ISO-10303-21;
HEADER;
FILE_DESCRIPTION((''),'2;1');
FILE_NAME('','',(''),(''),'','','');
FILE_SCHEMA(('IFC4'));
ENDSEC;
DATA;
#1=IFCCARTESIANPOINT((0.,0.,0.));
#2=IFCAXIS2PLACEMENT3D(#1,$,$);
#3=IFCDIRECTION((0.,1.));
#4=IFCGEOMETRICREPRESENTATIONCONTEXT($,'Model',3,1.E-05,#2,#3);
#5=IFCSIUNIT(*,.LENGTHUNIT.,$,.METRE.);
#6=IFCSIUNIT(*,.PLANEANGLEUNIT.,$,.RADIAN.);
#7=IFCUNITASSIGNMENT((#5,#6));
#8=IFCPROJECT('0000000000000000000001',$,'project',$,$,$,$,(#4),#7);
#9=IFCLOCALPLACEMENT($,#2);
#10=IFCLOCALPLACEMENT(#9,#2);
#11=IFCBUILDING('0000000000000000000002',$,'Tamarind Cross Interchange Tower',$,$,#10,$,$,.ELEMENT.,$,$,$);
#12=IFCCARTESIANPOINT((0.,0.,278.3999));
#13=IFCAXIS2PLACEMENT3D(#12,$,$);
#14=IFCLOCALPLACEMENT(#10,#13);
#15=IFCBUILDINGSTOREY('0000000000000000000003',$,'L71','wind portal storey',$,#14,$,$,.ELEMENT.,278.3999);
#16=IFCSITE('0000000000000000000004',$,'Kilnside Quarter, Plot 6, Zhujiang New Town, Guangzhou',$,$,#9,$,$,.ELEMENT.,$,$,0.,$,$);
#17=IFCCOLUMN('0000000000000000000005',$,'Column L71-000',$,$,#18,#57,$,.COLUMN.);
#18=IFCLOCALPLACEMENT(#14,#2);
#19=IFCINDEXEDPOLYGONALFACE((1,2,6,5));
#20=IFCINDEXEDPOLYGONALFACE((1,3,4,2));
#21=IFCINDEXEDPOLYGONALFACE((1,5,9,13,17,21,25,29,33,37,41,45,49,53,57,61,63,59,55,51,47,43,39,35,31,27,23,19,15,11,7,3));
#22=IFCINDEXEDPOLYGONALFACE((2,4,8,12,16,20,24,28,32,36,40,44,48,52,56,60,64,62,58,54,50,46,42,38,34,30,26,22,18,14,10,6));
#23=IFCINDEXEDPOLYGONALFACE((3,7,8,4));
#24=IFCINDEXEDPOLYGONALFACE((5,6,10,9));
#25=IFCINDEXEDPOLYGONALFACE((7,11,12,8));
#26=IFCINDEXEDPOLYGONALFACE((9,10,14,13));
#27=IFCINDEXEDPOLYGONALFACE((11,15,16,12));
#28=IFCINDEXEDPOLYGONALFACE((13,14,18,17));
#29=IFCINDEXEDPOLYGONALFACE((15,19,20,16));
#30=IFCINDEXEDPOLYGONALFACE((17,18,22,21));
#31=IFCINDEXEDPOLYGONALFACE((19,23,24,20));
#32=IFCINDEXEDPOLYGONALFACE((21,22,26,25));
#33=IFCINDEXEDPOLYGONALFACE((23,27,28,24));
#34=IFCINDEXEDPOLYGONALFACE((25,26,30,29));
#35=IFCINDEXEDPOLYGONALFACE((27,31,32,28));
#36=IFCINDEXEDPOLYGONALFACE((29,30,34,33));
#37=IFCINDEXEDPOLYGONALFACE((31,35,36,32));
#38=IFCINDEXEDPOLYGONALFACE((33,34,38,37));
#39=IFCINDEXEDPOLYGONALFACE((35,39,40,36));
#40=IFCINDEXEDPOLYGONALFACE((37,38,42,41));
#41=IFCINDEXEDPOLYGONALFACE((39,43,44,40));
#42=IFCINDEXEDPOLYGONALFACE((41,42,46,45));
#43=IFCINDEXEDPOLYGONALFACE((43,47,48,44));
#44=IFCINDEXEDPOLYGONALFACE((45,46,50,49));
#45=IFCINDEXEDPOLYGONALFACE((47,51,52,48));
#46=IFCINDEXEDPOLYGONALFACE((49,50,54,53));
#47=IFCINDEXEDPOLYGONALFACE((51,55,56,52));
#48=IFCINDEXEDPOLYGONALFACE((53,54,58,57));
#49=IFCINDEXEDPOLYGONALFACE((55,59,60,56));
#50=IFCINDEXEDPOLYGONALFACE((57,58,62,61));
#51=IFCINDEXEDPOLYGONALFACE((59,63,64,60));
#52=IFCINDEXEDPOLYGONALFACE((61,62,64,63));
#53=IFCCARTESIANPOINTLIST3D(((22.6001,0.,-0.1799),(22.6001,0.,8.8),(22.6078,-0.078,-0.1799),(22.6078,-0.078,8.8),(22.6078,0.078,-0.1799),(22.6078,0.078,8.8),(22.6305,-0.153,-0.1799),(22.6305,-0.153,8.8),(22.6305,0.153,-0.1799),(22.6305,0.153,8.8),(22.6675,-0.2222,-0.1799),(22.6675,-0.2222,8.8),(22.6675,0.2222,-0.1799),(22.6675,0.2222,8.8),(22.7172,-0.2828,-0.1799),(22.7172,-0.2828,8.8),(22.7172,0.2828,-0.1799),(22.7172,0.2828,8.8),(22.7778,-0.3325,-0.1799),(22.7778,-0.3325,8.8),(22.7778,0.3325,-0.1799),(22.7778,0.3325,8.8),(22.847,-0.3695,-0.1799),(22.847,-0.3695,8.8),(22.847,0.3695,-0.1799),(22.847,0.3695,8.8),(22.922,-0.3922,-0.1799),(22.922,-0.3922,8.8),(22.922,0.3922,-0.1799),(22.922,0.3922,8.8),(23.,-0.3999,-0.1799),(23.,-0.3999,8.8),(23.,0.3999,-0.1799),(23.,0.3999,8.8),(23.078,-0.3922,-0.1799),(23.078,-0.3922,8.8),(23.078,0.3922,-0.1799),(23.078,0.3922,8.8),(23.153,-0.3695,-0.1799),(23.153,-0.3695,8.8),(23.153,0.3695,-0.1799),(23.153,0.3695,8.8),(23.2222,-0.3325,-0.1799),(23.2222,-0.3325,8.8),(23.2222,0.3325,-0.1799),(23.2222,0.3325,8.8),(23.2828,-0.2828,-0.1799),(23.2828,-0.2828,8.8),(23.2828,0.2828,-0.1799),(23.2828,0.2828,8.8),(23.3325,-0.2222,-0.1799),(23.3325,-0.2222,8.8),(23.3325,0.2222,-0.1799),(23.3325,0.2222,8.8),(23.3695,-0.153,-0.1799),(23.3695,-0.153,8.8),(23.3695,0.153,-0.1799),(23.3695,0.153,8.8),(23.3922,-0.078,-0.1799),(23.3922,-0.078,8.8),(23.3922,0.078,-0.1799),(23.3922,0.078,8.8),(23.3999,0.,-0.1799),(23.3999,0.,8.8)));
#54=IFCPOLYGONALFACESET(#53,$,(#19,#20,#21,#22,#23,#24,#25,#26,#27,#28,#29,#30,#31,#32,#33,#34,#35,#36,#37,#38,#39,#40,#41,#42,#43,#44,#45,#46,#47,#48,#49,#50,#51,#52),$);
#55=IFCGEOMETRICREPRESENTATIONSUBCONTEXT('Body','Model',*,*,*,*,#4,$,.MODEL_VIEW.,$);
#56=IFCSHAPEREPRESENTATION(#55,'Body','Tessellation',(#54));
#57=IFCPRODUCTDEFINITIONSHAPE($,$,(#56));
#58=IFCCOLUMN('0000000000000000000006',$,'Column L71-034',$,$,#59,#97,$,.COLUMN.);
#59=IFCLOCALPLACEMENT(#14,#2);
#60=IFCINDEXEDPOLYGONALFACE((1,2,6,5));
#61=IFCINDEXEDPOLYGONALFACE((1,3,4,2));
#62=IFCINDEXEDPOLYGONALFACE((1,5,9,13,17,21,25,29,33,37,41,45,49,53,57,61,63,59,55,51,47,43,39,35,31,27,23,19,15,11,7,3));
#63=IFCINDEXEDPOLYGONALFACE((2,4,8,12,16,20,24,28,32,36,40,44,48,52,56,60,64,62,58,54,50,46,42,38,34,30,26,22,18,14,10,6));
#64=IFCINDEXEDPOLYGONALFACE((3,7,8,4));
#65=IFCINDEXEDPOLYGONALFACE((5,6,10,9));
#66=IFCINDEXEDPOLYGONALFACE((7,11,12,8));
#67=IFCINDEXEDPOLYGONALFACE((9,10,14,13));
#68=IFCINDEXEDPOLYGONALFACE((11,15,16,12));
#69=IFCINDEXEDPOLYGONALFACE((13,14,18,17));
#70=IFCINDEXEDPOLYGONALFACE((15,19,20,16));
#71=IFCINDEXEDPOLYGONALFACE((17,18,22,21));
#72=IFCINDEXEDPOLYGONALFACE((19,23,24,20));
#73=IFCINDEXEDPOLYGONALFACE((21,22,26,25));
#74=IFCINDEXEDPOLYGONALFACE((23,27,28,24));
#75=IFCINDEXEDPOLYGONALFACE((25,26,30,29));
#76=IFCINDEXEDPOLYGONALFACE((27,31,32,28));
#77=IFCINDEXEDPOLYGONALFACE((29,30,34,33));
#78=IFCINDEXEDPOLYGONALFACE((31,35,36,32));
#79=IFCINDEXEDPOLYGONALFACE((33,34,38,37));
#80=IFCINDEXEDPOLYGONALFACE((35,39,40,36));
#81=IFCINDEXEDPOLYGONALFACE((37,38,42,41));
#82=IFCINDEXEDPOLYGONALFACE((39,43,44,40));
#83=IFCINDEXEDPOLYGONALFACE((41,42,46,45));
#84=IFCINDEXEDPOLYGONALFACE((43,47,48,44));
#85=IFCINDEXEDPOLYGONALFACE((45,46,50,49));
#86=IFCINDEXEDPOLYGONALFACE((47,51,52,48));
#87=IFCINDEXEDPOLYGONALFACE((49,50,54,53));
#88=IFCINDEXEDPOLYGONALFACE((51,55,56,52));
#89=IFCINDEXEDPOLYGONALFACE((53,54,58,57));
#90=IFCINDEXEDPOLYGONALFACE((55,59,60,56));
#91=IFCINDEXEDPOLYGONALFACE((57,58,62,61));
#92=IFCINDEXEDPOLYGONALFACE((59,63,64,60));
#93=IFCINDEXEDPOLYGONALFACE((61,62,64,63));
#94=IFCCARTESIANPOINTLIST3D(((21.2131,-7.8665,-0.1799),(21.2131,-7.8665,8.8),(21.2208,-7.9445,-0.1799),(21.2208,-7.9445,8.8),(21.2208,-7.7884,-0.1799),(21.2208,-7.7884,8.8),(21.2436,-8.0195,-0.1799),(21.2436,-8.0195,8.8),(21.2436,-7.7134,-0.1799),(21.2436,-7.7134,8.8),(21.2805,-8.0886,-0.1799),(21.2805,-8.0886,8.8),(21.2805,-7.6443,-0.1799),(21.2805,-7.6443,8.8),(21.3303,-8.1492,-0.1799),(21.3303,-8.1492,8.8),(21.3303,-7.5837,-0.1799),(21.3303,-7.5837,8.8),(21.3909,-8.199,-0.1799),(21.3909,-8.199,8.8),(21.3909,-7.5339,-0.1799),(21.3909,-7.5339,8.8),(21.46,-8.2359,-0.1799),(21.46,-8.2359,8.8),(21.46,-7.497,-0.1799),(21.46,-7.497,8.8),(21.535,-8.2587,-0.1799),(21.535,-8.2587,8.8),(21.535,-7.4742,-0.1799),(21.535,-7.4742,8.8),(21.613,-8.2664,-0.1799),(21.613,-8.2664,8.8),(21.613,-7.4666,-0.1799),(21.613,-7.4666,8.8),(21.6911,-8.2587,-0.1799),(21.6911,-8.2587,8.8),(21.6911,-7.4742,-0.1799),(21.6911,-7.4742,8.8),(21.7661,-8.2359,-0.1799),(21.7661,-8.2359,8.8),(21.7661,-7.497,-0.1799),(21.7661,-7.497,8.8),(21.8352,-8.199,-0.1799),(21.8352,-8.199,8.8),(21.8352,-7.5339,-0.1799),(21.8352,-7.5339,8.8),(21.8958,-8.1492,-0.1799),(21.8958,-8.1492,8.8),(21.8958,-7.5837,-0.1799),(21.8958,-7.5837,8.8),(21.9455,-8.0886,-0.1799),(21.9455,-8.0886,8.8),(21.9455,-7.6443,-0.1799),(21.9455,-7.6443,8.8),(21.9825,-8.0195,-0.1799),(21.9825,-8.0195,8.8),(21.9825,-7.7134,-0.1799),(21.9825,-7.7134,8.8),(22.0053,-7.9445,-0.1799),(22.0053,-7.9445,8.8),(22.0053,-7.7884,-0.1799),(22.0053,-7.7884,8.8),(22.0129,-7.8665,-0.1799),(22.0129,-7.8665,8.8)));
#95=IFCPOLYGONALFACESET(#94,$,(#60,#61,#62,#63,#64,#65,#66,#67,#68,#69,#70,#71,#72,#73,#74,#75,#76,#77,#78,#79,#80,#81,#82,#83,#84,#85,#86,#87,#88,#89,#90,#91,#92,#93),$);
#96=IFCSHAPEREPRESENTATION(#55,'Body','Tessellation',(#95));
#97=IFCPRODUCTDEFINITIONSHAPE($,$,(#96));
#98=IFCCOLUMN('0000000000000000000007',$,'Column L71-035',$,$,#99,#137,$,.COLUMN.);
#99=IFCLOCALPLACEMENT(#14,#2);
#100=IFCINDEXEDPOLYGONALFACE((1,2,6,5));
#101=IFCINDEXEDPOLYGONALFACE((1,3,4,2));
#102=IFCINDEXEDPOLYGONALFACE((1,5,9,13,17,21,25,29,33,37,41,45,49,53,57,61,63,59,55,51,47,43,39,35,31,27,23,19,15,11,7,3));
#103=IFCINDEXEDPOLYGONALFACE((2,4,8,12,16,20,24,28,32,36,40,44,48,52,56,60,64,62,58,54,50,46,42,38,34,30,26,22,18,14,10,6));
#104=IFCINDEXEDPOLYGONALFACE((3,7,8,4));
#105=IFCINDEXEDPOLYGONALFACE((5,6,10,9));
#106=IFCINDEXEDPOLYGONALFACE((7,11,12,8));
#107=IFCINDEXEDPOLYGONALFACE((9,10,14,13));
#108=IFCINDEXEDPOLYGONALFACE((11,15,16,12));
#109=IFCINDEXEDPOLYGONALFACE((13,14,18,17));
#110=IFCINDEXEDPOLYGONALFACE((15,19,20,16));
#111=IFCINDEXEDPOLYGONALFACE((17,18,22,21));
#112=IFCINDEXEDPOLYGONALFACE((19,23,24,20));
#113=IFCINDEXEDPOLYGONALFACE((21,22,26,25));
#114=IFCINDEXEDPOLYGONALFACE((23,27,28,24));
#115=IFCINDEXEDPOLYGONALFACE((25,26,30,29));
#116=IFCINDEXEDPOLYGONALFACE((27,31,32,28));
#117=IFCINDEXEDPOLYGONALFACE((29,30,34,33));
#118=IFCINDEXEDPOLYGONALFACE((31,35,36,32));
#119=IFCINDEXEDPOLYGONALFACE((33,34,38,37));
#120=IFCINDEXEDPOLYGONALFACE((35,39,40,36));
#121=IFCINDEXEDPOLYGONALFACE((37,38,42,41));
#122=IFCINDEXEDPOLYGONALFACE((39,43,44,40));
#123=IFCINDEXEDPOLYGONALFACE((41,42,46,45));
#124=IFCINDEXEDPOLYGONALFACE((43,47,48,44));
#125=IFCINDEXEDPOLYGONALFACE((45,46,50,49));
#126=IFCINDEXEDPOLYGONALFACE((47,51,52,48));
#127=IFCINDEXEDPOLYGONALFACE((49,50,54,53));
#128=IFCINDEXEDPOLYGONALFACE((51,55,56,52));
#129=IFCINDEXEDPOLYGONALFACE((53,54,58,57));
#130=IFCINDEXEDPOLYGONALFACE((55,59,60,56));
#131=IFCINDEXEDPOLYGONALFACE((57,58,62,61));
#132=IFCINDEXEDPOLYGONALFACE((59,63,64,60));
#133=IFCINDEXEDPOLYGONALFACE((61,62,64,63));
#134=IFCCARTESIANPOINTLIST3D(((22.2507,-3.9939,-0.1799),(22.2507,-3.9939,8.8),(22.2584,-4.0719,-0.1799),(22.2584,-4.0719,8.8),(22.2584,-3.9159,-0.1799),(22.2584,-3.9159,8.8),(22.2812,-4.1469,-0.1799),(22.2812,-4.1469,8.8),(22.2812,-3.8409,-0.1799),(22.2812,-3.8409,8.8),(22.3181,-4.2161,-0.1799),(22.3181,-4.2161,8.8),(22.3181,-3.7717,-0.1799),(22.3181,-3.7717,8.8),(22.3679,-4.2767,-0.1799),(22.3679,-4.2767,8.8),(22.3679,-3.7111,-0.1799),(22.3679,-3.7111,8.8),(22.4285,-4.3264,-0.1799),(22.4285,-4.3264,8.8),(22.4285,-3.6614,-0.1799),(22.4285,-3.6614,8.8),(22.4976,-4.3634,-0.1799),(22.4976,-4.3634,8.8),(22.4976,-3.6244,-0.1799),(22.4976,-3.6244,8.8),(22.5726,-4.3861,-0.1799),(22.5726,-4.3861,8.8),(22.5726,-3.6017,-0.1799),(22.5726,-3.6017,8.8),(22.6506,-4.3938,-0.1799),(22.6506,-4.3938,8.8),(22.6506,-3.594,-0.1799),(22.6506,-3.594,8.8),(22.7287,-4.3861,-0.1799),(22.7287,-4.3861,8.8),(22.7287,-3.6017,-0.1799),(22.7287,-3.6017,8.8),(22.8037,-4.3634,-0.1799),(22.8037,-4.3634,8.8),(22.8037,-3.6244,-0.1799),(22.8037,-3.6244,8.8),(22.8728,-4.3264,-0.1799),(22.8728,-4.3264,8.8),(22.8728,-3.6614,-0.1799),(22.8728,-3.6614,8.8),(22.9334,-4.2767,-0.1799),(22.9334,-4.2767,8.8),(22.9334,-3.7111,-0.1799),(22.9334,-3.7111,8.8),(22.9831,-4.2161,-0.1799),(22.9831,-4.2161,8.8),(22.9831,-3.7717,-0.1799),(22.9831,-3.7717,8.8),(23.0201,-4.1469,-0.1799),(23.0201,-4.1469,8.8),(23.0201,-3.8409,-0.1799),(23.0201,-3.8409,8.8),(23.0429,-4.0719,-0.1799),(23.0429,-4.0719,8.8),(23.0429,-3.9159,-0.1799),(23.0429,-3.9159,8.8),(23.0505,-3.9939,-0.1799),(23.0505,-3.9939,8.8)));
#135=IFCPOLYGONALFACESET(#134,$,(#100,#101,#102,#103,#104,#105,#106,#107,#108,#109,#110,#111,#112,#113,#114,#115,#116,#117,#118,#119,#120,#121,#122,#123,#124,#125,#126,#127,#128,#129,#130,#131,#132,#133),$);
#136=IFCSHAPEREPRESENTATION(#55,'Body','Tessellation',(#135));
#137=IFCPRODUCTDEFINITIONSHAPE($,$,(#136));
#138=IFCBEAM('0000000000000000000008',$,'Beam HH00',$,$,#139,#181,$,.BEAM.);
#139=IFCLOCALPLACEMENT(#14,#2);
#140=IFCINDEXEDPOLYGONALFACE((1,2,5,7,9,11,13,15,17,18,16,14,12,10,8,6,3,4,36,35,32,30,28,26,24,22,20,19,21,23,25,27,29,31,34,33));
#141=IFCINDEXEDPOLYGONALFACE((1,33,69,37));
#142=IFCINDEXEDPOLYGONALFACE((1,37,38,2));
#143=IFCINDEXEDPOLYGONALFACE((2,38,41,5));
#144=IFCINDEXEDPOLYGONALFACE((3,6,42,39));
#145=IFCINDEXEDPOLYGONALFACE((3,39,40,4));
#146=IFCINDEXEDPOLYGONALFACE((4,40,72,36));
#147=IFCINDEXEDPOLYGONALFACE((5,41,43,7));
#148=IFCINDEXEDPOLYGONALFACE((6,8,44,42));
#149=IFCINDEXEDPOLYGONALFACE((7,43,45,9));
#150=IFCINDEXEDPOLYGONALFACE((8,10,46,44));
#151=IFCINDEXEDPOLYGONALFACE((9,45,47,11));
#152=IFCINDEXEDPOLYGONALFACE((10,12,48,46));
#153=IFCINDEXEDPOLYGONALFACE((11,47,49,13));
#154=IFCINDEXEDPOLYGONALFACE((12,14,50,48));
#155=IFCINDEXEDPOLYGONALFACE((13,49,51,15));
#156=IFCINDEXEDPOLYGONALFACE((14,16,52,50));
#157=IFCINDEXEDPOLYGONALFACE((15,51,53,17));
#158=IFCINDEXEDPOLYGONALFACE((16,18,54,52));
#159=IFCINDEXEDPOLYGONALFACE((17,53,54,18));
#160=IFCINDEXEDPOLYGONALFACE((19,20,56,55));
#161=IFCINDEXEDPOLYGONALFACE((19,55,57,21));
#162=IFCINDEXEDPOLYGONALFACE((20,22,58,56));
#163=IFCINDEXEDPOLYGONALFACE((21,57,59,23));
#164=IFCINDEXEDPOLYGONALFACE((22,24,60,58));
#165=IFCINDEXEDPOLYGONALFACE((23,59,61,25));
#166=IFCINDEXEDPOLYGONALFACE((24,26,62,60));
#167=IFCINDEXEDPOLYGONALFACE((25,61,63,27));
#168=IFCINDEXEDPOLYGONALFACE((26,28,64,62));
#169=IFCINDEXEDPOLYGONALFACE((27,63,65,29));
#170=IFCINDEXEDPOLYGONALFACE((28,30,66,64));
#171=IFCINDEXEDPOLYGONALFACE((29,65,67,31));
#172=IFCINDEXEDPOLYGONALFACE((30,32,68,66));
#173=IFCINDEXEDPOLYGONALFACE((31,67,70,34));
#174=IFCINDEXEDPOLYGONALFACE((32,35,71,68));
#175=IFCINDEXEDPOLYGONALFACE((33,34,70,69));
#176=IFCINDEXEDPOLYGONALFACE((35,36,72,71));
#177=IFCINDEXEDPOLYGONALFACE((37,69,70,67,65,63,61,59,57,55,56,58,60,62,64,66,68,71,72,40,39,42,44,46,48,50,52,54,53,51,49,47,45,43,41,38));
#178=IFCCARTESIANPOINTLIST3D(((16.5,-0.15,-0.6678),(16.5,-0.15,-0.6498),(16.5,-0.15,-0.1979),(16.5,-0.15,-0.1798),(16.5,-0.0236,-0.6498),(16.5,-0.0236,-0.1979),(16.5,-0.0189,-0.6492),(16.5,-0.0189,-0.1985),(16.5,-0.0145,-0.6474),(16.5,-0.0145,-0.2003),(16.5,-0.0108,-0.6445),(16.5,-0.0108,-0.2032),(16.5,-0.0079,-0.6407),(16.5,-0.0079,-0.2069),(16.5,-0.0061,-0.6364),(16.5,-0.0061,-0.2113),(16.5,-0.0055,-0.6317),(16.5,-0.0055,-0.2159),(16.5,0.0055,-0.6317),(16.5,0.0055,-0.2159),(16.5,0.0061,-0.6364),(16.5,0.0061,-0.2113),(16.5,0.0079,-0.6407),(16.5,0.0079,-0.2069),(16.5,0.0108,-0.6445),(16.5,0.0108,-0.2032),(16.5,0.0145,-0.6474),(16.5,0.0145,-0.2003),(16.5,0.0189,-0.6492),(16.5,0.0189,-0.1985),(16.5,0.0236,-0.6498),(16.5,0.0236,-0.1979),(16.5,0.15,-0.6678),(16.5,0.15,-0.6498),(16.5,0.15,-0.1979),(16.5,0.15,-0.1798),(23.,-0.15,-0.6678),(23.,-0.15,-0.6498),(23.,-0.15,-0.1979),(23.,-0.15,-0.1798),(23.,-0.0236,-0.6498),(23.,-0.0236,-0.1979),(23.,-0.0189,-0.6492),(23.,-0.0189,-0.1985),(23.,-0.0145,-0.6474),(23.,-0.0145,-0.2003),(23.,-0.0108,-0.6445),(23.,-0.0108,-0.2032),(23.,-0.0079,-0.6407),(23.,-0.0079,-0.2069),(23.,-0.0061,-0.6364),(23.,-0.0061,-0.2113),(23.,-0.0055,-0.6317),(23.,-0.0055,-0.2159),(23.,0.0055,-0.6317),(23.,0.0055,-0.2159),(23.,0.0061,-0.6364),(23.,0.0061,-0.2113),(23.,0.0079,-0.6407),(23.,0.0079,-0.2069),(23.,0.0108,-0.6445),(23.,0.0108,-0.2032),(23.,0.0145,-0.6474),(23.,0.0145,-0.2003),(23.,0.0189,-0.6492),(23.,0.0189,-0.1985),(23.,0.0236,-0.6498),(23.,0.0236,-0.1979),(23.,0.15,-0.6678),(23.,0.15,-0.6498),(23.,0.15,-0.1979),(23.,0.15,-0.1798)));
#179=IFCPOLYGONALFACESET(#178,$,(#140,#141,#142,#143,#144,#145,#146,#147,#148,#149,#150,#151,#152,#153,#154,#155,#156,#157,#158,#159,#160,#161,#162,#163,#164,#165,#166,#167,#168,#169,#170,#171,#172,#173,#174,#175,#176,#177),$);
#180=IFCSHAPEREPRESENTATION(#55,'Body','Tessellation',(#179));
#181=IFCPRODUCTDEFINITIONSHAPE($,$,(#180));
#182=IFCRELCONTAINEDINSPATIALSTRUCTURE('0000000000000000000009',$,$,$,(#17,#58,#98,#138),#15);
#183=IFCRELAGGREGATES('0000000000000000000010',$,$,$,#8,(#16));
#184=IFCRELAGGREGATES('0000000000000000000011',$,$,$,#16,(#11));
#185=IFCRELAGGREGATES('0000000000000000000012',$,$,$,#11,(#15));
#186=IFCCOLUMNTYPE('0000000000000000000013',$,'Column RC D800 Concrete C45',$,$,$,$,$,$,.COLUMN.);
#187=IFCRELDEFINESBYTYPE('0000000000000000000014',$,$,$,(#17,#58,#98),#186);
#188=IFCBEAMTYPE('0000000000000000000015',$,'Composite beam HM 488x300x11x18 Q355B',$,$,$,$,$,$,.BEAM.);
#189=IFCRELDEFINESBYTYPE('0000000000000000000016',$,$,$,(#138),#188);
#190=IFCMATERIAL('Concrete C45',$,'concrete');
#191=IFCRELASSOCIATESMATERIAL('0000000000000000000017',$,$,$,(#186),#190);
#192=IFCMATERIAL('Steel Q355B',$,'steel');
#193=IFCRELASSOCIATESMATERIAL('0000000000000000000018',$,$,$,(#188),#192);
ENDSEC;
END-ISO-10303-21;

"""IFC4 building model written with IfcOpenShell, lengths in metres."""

from ifc_helpers import new_model, si_unit, direction, frame, origin, origin_2d, place, context, subcontext, project, spatial, circle, i_section, extrude, material, material_profile, profile_set, type_object, element, save


model = new_model("IFC4")

# Units and contexts
model_context = context("Model", 3, precision=1e-05, world=origin(), true_north=direction((0.0, 1.0)))
body_context = subcontext(model_context, "Body", "Model", "MODEL_VIEW")
ifc_project = project(units=[si_unit("LENGTHUNIT", "METRE"), si_unit("PLANEANGLEUNIT", "RADIAN")], contexts=[model_context])

# Site, building, storey
site_placement = place(None, origin())
site = spatial("IfcSite", under=ifc_project, at=site_placement, Name="Kilnside Quarter, Plot 6, Zhujiang New Town, Guangzhou", CompositionType="ELEMENT", RefElevation=0.0)
building_placement = place(site_placement, origin())
building = spatial("IfcBuilding", under=site, at=building_placement, Name="Tamarind Cross Interchange Tower", CompositionType="ELEMENT")
storey_placement = place(building_placement, frame((0.0, 0.0, 278.3999)))
storey = spatial("IfcBuildingStorey", under=building, at=storey_placement, Name="L71", Description="wind portal storey", CompositionType="ELEMENT", Elevation=278.3999)

# Columns
ifc_material_1 = material(Name="Concrete C45", Category="concrete")
ifc_material_profile_1 = material_profile(ifc_material_1, circle(Radius=0.3999, at=origin_2d()), Name="RC D800")
ifc_profile_set_1 = profile_set([ifc_material_profile_1], Name="Concrete C45")
column_type = type_object("IfcColumnType", Name="Column RC D800 Concrete C45", PredefinedType="COLUMN", material=ifc_profile_set_1)
for number, where, z_axis, x_axis, name in (
    (1, (23.0, 0.0, -0.1799), (0.0, 0.0, 1.0), (1.0, 0.0, 0.0), "Column L71-000"),
    (2, (21.613, -7.8665, -0.1799), (0.0, 0.0, 1.0), (1.0, 0.0, 0.0), "Column L71-034"),
    (3, (22.6506, -3.9939, -0.1799), (0.0, 0.0, 1.0), (1.0, 0.0, 0.0), "Column L71-035"),
):
    element("IfcColumn", number, at=place(storey_placement, frame(where, z_axis=z_axis, x_axis=x_axis)), inside=storey, type_object=column_type, Name=name, PredefinedType="COLUMN", context=body_context, shape_type="SweptSolid", body=[
        extrude(circle(Radius=0.3999, at=origin_2d()), origin(), (0.0, 0.0, 1.0), 8.98),
    ])

# Beam
ifc_material_2 = material(Name="Steel Q355B", Category="steel")
ifc_material_profile_2 = material_profile(ifc_material_2, i_section(OverallWidth=0.3, OverallDepth=0.488, WebThickness=0.011, FlangeThickness=0.0181, FilletRadius=0.0181, at=origin_2d()), Name="HM 488x300x11x18")
ifc_profile_set_2 = profile_set([ifc_material_profile_2], Name="Steel Q355B")
beam_type = type_object("IfcBeamType", Name="Composite beam HM 488x300x11x18 Q355B", PredefinedType="BEAM", material=ifc_profile_set_2)
beam_1_placement = place(storey_placement, frame((23.0, 0.0, -0.4238), z_axis=(-1.0, 0.0, 0.0), x_axis=(0.0, -1.0, 0.0)))
element("IfcBeam", 4, at=beam_1_placement, inside=storey, type_object=beam_type, Name="Beam HH00", PredefinedType="BEAM", context=body_context, shape_type="SweptSolid", body=[
    extrude(i_section(OverallWidth=0.3, OverallDepth=0.488, WebThickness=0.011, FlangeThickness=0.0181, FilletRadius=0.0181, at=origin_2d()), origin(), (0.0, 0.0, 1.0), 6.5),
])

save(model, "model.ifc")
